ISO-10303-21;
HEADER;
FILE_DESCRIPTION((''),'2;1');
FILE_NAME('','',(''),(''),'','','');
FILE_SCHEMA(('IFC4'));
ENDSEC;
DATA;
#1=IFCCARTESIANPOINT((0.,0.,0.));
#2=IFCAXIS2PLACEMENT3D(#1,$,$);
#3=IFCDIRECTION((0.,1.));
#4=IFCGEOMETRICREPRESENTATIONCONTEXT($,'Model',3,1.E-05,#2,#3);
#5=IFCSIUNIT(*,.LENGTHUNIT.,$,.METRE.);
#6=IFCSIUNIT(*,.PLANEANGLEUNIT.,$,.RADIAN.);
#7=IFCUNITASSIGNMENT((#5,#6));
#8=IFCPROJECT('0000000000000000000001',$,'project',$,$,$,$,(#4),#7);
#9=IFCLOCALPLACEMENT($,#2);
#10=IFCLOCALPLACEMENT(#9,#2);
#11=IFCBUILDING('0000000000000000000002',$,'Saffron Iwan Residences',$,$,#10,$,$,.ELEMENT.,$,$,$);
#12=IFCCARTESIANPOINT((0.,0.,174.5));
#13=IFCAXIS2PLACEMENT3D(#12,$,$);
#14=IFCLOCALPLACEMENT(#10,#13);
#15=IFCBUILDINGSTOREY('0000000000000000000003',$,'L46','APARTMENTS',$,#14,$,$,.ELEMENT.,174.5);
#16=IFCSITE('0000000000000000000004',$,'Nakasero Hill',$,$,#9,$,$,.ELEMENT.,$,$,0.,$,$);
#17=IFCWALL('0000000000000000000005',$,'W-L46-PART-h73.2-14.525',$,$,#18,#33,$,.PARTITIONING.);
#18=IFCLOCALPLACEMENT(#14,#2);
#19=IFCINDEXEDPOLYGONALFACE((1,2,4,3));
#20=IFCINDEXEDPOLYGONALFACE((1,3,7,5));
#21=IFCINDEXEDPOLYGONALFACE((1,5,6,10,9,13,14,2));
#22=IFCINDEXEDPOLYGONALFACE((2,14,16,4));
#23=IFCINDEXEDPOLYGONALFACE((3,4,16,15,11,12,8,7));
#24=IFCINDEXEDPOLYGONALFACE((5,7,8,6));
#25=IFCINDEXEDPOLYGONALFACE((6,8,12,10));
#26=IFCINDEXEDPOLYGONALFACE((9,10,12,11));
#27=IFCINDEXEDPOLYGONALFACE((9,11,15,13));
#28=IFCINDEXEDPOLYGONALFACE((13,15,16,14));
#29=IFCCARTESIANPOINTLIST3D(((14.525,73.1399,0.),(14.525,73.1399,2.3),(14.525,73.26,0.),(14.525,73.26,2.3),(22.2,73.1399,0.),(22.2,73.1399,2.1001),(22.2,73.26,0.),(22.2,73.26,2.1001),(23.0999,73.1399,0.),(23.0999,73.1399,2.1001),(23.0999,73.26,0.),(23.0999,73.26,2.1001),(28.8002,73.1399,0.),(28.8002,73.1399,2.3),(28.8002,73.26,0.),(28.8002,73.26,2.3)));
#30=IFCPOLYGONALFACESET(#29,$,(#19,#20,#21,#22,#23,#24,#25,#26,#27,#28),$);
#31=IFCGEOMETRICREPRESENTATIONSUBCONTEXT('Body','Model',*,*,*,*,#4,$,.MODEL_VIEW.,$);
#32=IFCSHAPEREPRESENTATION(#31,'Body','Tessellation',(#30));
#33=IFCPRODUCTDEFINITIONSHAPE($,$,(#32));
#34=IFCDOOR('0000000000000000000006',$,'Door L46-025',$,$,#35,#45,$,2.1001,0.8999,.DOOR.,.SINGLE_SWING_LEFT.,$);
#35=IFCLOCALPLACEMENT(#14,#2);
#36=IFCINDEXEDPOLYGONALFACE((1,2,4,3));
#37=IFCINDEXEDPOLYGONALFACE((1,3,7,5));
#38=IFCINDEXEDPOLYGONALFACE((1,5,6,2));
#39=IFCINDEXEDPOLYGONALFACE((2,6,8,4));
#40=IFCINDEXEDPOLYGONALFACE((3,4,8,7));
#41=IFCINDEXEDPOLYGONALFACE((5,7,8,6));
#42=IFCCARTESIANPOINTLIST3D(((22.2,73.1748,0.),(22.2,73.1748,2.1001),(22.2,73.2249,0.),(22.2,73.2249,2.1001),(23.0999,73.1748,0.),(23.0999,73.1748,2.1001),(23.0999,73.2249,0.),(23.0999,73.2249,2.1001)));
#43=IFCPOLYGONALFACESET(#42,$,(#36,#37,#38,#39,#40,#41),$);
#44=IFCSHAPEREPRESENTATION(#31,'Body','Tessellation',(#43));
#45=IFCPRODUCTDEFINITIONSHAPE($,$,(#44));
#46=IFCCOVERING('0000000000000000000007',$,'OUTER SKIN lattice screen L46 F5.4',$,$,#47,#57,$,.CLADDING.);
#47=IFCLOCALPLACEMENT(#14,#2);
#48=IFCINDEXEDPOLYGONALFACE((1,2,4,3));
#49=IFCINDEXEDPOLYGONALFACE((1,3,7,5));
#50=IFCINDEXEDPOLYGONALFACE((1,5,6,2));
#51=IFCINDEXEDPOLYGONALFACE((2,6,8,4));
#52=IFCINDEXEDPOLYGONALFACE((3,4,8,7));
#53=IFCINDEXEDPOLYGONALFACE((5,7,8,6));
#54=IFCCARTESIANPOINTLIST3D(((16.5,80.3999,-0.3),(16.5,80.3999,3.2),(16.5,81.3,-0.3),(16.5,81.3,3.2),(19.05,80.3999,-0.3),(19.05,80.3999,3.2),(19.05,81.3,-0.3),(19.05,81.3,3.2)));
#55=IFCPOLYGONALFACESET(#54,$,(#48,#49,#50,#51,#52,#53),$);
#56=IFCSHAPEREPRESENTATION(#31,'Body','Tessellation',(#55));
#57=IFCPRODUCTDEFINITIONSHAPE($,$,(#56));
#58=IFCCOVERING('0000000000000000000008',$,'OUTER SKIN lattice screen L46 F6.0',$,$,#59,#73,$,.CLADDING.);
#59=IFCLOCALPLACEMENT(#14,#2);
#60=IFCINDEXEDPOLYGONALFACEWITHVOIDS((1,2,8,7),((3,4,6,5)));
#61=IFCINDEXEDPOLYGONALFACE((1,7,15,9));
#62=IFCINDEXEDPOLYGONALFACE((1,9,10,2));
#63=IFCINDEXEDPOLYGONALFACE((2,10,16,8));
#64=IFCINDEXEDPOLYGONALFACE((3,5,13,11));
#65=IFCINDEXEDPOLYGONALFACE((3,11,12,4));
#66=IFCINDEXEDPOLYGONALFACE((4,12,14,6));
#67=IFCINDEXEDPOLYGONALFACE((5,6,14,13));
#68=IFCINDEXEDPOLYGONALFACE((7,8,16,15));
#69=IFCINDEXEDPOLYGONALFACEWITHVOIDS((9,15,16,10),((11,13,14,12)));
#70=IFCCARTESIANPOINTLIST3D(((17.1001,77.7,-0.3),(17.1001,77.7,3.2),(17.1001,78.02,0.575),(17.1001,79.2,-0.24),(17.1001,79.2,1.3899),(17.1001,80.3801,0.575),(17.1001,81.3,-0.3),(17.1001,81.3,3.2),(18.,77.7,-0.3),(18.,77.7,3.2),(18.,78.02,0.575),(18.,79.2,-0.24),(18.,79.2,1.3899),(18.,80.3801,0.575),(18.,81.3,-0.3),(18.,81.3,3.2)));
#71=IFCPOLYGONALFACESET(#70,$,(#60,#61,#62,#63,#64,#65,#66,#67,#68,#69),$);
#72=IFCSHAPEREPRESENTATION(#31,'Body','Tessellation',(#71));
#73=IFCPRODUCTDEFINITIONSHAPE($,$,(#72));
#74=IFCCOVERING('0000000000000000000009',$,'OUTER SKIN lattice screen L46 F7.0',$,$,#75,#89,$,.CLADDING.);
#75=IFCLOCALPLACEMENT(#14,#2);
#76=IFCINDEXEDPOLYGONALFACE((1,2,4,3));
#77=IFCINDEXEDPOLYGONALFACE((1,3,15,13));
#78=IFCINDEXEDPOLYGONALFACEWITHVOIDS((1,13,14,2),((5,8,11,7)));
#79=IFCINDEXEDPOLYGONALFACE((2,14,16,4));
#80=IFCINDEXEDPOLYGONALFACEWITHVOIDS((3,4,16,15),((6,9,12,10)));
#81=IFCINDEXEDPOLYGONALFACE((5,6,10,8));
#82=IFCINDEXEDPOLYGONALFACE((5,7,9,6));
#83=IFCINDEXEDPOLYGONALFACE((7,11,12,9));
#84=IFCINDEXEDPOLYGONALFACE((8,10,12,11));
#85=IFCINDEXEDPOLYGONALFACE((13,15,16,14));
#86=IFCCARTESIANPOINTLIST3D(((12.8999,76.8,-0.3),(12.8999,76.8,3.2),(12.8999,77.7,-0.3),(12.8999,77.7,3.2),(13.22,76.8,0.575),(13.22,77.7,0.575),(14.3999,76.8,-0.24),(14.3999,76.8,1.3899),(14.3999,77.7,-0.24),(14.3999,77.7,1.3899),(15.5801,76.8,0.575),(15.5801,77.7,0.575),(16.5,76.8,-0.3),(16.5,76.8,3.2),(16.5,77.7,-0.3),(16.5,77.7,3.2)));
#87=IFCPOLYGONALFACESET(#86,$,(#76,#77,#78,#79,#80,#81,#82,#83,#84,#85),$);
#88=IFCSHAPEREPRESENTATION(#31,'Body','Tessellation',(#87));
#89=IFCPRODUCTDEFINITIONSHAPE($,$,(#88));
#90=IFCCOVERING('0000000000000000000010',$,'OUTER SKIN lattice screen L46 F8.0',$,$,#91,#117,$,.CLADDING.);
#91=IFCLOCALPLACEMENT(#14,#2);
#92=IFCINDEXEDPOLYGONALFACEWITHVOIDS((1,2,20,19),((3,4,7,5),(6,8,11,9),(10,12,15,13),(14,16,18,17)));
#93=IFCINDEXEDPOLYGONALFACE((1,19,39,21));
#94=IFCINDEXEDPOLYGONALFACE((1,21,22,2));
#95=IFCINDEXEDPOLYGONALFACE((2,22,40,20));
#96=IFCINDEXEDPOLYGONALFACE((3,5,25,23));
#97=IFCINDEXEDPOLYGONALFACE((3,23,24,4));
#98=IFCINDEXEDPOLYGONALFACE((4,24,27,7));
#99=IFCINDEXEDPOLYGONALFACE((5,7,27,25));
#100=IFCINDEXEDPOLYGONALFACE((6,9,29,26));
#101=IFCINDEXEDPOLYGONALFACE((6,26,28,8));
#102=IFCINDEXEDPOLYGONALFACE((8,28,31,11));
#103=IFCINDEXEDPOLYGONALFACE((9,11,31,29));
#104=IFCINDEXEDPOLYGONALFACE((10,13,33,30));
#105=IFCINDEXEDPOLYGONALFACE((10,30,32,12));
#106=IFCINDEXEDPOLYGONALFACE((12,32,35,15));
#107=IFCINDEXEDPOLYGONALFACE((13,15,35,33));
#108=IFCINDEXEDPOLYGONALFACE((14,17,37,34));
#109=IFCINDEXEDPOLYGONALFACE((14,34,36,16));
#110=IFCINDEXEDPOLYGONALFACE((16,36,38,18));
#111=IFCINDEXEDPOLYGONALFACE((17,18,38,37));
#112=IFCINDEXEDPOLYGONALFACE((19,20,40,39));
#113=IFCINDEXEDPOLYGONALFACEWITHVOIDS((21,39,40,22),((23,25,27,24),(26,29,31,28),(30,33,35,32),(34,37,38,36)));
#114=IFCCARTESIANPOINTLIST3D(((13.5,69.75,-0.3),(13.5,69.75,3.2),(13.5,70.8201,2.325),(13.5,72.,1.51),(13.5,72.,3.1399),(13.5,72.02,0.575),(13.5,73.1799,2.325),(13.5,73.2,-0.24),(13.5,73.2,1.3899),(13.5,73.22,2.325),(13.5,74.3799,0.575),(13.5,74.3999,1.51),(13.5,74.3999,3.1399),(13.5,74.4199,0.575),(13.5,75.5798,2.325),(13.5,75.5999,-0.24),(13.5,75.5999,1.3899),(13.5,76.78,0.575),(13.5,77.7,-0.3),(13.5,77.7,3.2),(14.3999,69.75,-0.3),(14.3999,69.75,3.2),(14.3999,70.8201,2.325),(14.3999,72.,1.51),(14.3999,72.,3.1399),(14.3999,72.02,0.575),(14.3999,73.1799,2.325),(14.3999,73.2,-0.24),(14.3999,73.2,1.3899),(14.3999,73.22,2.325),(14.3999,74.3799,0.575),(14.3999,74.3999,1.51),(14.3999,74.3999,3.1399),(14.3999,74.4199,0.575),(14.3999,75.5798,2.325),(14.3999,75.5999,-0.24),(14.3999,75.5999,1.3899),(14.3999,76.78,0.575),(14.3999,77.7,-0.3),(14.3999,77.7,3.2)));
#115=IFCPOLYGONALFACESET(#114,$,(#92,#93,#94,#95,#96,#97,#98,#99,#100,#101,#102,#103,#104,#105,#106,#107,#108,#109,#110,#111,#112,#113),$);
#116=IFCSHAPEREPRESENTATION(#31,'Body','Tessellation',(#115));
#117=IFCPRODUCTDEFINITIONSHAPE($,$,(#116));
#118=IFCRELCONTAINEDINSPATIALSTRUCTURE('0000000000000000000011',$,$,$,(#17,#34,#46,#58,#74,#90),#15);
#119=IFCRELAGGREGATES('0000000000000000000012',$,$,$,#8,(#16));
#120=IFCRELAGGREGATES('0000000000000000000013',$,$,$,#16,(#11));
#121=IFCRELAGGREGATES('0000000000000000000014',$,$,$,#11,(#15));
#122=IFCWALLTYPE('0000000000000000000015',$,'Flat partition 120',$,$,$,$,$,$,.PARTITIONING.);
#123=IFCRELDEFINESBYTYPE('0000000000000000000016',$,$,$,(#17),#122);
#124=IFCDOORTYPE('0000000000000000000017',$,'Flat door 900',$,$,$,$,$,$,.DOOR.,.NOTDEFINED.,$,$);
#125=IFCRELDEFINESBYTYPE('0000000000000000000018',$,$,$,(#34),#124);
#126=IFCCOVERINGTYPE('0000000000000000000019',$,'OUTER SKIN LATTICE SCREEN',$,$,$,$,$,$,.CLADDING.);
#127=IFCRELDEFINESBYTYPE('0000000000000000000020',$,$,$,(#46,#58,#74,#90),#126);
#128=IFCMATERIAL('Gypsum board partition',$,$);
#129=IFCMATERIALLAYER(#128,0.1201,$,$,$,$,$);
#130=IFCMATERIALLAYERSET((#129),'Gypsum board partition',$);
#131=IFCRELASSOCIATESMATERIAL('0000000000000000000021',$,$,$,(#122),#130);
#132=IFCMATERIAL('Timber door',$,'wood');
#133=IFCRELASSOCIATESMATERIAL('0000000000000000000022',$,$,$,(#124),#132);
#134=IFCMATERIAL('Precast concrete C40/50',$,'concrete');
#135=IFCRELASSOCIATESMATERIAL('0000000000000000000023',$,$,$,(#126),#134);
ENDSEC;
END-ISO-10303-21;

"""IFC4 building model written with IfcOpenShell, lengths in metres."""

from ifc_helpers import new_model, si_unit, direction, frame, frame_2d, origin, place, context, subcontext, project, spatial, polyline, rectangle, outline, extrude, material, layer, layer_set, type_object, element, fill, save


model = new_model("IFC4")

# Units and contexts
model_context = context("Model", 3, precision=1e-05, world=origin(), true_north=direction((0.0, 1.0)))
body_context = subcontext(model_context, "Body", "Model", "MODEL_VIEW")
ifc_project = project(units=[si_unit("LENGTHUNIT", "METRE"), si_unit("PLANEANGLEUNIT", "RADIAN")], contexts=[model_context])

# Site, building, storey
site_placement = place(None, origin())
site = spatial("IfcSite", under=ifc_project, at=site_placement, Name="Nakasero Hill", CompositionType="ELEMENT", RefElevation=0.0)
building_placement = place(site_placement, origin())
building = spatial("IfcBuilding", under=site, at=building_placement, Name="Saffron Iwan Residences", CompositionType="ELEMENT")
storey_placement = place(building_placement, frame((0.0, 0.0, 174.5)))
storey = spatial("IfcBuildingStorey", under=building, at=storey_placement, Name="L46", Description="APARTMENTS", CompositionType="ELEMENT", Elevation=174.5)

# Wall, opening, door
ifc_material_1 = material(Name="Gypsum board partition")
ifc_layer_1 = layer(ifc_material_1, 0.1201)
ifc_layer_set_1 = layer_set([ifc_layer_1], Name="Gypsum board partition")
wall_type_1 = type_object("IfcWallType", Name="Flat partition 120", PredefinedType="PARTITIONING", material=ifc_layer_set_1)
wall_1_placement = place(storey_placement, frame((14.5249, 73.2, 0.0), z_axis=(0.0, 0.0, 1.0), x_axis=(1.0, 0.0, 0.0)))
wall_1 = element("IfcWall", 1, at=wall_1_placement, inside=storey, type_object=wall_type_1, Name="W-L46-PART-h73.2-14.525", PredefinedType="PARTITIONING", context=body_context, shape_type="SweptSolid", body=[
    extrude(rectangle(XDim=14.2751, YDim=0.1201, at=frame_2d((7.1377, 0.0))), origin(), (0.0, 0.0, 1.0), 2.3),
])
opening_1_placement = place(wall_1_placement, frame((7.675, 0.0, 0.0)))
opening_1 = element("IfcOpeningElement", 2, at=opening_1_placement, cuts=wall_1, PredefinedType="OPENING", context=body_context, shape_type="SweptSolid", body=[
    extrude(rectangle(XDim=0.8999, YDim=2.1001, at=frame_2d((0.45, 1.05))), frame((0.0, 0.0701, 0.0), z_axis=(0.0, -1.0, 0.0), x_axis=(1.0, 0.0, 0.0)), (0.0, 0.0, 1.0), 0.1401),
])
ifc_material_2 = material(Name="Timber door", Category="wood")
door_type = type_object("IfcDoorType", Name="Flat door 900", OperationType="NOTDEFINED", PredefinedType="DOOR", material=ifc_material_2)
door_placement = place(opening_1_placement, origin())
door = element("IfcDoor", 3, at=door_placement, inside=storey, type_object=door_type, Name="Door L46-025", OperationType="SINGLE_SWING_LEFT", OverallHeight=2.1001, OverallWidth=0.8999, PredefinedType="DOOR", context=body_context, shape_type="SweptSolid", body=[
    extrude(rectangle(XDim=0.8999, YDim=2.1001, at=frame_2d((0.45, 1.05))), frame((0.0, 0.0249, 0.0), z_axis=(0.0, -1.0, 0.0), x_axis=(1.0, 0.0, 0.0)), (0.0, 0.0, 1.0), 0.05),
])
fill(opening_1, door)

# Coverings
ifc_material_3 = material(Name="Precast concrete C40/50", Category="concrete")
covering_type = type_object("IfcCoveringType", Name="OUTER SKIN LATTICE SCREEN", PredefinedType="CLADDING", material=ifc_material_3)
covering_1_placement = place(storey_placement, frame((19.05, 80.3999, -0.3), z_axis=(0.0, 1.0, 0.0), x_axis=(-1.0, 0.0, 0.0)))
element("IfcCovering", 4, at=covering_1_placement, inside=storey, type_object=covering_type, Name="OUTER SKIN lattice screen L46 F5.4", PredefinedType="CLADDING", context=body_context, shape_type="SweptSolid", body=[
    extrude(outline(polyline([(0.0, 0.0), (2.55, 0.0), (2.55, 3.5), (0.0, 3.5), (0.0, 0.0)])), origin(), (0.0, 0.0, 1.0), 0.9001),
])
for number, where, z_axis, x_axis, name in (
    (5, (18.0, 81.3, -0.3), (-1.0, 0.0, 0.0), (0.0, -1.0, 0.0), "OUTER SKIN lattice screen L46 F6.0"),
    (6, (16.5, 76.8, -0.3), (0.0, 1.0, 0.0), (-1.0, 0.0, 0.0), "OUTER SKIN lattice screen L46 F7.0"),
):
    element("IfcCovering", number, at=place(storey_placement, frame(where, z_axis=z_axis, x_axis=x_axis)), inside=storey, type_object=covering_type, Name=name, PredefinedType="CLADDING", context=body_context, shape_type="SweptSolid", body=[
        extrude(outline(polyline([(0.0, 0.0), (3.6001, 0.0), (3.6001, 3.5), (0.0, 3.5), (0.0, 0.0)]), holes=[polyline([(0.9199, 0.875), (2.1001, 0.0601), (3.28, 0.875), (2.1001, 1.6899), (0.9199, 0.875)])]), origin(), (0.0, 0.0, 1.0), 0.8999),
    ])
covering_2_placement = place(storey_placement, frame((14.3999, 77.7, -0.3), z_axis=(-1.0, 0.0, 0.0), x_axis=(0.0, -1.0, 0.0)))
element("IfcCovering", 7, at=covering_2_placement, inside=storey, type_object=covering_type, Name="OUTER SKIN lattice screen L46 F8.0", PredefinedType="CLADDING", context=body_context, shape_type="SweptSolid", body=[
    extrude(outline(polyline([(0.0, 0.0), (7.95, 0.0), (7.95, 3.5), (0.0, 3.5), (0.0, 0.0)]), holes=[polyline([(0.9199, 0.875), (2.1001, 0.0601), (3.28, 0.875), (2.1001, 1.6899), (0.9199, 0.875)]), polyline([(3.3201, 0.875), (4.5, 0.0601), (5.6799, 0.875), (4.5, 1.6899), (3.3201, 0.875)]), polyline([(2.1201, 2.625), (3.3, 1.8101), (4.48, 2.625), (3.3, 3.4399), (2.1201, 2.625)]), polyline([(4.52, 2.625), (5.7, 1.8101), (6.8799, 2.625), (5.7, 3.4399), (4.52, 2.625)])]), origin(), (0.0, 0.0, 1.0), 0.8999),
])

save(model, "model.ifc")
